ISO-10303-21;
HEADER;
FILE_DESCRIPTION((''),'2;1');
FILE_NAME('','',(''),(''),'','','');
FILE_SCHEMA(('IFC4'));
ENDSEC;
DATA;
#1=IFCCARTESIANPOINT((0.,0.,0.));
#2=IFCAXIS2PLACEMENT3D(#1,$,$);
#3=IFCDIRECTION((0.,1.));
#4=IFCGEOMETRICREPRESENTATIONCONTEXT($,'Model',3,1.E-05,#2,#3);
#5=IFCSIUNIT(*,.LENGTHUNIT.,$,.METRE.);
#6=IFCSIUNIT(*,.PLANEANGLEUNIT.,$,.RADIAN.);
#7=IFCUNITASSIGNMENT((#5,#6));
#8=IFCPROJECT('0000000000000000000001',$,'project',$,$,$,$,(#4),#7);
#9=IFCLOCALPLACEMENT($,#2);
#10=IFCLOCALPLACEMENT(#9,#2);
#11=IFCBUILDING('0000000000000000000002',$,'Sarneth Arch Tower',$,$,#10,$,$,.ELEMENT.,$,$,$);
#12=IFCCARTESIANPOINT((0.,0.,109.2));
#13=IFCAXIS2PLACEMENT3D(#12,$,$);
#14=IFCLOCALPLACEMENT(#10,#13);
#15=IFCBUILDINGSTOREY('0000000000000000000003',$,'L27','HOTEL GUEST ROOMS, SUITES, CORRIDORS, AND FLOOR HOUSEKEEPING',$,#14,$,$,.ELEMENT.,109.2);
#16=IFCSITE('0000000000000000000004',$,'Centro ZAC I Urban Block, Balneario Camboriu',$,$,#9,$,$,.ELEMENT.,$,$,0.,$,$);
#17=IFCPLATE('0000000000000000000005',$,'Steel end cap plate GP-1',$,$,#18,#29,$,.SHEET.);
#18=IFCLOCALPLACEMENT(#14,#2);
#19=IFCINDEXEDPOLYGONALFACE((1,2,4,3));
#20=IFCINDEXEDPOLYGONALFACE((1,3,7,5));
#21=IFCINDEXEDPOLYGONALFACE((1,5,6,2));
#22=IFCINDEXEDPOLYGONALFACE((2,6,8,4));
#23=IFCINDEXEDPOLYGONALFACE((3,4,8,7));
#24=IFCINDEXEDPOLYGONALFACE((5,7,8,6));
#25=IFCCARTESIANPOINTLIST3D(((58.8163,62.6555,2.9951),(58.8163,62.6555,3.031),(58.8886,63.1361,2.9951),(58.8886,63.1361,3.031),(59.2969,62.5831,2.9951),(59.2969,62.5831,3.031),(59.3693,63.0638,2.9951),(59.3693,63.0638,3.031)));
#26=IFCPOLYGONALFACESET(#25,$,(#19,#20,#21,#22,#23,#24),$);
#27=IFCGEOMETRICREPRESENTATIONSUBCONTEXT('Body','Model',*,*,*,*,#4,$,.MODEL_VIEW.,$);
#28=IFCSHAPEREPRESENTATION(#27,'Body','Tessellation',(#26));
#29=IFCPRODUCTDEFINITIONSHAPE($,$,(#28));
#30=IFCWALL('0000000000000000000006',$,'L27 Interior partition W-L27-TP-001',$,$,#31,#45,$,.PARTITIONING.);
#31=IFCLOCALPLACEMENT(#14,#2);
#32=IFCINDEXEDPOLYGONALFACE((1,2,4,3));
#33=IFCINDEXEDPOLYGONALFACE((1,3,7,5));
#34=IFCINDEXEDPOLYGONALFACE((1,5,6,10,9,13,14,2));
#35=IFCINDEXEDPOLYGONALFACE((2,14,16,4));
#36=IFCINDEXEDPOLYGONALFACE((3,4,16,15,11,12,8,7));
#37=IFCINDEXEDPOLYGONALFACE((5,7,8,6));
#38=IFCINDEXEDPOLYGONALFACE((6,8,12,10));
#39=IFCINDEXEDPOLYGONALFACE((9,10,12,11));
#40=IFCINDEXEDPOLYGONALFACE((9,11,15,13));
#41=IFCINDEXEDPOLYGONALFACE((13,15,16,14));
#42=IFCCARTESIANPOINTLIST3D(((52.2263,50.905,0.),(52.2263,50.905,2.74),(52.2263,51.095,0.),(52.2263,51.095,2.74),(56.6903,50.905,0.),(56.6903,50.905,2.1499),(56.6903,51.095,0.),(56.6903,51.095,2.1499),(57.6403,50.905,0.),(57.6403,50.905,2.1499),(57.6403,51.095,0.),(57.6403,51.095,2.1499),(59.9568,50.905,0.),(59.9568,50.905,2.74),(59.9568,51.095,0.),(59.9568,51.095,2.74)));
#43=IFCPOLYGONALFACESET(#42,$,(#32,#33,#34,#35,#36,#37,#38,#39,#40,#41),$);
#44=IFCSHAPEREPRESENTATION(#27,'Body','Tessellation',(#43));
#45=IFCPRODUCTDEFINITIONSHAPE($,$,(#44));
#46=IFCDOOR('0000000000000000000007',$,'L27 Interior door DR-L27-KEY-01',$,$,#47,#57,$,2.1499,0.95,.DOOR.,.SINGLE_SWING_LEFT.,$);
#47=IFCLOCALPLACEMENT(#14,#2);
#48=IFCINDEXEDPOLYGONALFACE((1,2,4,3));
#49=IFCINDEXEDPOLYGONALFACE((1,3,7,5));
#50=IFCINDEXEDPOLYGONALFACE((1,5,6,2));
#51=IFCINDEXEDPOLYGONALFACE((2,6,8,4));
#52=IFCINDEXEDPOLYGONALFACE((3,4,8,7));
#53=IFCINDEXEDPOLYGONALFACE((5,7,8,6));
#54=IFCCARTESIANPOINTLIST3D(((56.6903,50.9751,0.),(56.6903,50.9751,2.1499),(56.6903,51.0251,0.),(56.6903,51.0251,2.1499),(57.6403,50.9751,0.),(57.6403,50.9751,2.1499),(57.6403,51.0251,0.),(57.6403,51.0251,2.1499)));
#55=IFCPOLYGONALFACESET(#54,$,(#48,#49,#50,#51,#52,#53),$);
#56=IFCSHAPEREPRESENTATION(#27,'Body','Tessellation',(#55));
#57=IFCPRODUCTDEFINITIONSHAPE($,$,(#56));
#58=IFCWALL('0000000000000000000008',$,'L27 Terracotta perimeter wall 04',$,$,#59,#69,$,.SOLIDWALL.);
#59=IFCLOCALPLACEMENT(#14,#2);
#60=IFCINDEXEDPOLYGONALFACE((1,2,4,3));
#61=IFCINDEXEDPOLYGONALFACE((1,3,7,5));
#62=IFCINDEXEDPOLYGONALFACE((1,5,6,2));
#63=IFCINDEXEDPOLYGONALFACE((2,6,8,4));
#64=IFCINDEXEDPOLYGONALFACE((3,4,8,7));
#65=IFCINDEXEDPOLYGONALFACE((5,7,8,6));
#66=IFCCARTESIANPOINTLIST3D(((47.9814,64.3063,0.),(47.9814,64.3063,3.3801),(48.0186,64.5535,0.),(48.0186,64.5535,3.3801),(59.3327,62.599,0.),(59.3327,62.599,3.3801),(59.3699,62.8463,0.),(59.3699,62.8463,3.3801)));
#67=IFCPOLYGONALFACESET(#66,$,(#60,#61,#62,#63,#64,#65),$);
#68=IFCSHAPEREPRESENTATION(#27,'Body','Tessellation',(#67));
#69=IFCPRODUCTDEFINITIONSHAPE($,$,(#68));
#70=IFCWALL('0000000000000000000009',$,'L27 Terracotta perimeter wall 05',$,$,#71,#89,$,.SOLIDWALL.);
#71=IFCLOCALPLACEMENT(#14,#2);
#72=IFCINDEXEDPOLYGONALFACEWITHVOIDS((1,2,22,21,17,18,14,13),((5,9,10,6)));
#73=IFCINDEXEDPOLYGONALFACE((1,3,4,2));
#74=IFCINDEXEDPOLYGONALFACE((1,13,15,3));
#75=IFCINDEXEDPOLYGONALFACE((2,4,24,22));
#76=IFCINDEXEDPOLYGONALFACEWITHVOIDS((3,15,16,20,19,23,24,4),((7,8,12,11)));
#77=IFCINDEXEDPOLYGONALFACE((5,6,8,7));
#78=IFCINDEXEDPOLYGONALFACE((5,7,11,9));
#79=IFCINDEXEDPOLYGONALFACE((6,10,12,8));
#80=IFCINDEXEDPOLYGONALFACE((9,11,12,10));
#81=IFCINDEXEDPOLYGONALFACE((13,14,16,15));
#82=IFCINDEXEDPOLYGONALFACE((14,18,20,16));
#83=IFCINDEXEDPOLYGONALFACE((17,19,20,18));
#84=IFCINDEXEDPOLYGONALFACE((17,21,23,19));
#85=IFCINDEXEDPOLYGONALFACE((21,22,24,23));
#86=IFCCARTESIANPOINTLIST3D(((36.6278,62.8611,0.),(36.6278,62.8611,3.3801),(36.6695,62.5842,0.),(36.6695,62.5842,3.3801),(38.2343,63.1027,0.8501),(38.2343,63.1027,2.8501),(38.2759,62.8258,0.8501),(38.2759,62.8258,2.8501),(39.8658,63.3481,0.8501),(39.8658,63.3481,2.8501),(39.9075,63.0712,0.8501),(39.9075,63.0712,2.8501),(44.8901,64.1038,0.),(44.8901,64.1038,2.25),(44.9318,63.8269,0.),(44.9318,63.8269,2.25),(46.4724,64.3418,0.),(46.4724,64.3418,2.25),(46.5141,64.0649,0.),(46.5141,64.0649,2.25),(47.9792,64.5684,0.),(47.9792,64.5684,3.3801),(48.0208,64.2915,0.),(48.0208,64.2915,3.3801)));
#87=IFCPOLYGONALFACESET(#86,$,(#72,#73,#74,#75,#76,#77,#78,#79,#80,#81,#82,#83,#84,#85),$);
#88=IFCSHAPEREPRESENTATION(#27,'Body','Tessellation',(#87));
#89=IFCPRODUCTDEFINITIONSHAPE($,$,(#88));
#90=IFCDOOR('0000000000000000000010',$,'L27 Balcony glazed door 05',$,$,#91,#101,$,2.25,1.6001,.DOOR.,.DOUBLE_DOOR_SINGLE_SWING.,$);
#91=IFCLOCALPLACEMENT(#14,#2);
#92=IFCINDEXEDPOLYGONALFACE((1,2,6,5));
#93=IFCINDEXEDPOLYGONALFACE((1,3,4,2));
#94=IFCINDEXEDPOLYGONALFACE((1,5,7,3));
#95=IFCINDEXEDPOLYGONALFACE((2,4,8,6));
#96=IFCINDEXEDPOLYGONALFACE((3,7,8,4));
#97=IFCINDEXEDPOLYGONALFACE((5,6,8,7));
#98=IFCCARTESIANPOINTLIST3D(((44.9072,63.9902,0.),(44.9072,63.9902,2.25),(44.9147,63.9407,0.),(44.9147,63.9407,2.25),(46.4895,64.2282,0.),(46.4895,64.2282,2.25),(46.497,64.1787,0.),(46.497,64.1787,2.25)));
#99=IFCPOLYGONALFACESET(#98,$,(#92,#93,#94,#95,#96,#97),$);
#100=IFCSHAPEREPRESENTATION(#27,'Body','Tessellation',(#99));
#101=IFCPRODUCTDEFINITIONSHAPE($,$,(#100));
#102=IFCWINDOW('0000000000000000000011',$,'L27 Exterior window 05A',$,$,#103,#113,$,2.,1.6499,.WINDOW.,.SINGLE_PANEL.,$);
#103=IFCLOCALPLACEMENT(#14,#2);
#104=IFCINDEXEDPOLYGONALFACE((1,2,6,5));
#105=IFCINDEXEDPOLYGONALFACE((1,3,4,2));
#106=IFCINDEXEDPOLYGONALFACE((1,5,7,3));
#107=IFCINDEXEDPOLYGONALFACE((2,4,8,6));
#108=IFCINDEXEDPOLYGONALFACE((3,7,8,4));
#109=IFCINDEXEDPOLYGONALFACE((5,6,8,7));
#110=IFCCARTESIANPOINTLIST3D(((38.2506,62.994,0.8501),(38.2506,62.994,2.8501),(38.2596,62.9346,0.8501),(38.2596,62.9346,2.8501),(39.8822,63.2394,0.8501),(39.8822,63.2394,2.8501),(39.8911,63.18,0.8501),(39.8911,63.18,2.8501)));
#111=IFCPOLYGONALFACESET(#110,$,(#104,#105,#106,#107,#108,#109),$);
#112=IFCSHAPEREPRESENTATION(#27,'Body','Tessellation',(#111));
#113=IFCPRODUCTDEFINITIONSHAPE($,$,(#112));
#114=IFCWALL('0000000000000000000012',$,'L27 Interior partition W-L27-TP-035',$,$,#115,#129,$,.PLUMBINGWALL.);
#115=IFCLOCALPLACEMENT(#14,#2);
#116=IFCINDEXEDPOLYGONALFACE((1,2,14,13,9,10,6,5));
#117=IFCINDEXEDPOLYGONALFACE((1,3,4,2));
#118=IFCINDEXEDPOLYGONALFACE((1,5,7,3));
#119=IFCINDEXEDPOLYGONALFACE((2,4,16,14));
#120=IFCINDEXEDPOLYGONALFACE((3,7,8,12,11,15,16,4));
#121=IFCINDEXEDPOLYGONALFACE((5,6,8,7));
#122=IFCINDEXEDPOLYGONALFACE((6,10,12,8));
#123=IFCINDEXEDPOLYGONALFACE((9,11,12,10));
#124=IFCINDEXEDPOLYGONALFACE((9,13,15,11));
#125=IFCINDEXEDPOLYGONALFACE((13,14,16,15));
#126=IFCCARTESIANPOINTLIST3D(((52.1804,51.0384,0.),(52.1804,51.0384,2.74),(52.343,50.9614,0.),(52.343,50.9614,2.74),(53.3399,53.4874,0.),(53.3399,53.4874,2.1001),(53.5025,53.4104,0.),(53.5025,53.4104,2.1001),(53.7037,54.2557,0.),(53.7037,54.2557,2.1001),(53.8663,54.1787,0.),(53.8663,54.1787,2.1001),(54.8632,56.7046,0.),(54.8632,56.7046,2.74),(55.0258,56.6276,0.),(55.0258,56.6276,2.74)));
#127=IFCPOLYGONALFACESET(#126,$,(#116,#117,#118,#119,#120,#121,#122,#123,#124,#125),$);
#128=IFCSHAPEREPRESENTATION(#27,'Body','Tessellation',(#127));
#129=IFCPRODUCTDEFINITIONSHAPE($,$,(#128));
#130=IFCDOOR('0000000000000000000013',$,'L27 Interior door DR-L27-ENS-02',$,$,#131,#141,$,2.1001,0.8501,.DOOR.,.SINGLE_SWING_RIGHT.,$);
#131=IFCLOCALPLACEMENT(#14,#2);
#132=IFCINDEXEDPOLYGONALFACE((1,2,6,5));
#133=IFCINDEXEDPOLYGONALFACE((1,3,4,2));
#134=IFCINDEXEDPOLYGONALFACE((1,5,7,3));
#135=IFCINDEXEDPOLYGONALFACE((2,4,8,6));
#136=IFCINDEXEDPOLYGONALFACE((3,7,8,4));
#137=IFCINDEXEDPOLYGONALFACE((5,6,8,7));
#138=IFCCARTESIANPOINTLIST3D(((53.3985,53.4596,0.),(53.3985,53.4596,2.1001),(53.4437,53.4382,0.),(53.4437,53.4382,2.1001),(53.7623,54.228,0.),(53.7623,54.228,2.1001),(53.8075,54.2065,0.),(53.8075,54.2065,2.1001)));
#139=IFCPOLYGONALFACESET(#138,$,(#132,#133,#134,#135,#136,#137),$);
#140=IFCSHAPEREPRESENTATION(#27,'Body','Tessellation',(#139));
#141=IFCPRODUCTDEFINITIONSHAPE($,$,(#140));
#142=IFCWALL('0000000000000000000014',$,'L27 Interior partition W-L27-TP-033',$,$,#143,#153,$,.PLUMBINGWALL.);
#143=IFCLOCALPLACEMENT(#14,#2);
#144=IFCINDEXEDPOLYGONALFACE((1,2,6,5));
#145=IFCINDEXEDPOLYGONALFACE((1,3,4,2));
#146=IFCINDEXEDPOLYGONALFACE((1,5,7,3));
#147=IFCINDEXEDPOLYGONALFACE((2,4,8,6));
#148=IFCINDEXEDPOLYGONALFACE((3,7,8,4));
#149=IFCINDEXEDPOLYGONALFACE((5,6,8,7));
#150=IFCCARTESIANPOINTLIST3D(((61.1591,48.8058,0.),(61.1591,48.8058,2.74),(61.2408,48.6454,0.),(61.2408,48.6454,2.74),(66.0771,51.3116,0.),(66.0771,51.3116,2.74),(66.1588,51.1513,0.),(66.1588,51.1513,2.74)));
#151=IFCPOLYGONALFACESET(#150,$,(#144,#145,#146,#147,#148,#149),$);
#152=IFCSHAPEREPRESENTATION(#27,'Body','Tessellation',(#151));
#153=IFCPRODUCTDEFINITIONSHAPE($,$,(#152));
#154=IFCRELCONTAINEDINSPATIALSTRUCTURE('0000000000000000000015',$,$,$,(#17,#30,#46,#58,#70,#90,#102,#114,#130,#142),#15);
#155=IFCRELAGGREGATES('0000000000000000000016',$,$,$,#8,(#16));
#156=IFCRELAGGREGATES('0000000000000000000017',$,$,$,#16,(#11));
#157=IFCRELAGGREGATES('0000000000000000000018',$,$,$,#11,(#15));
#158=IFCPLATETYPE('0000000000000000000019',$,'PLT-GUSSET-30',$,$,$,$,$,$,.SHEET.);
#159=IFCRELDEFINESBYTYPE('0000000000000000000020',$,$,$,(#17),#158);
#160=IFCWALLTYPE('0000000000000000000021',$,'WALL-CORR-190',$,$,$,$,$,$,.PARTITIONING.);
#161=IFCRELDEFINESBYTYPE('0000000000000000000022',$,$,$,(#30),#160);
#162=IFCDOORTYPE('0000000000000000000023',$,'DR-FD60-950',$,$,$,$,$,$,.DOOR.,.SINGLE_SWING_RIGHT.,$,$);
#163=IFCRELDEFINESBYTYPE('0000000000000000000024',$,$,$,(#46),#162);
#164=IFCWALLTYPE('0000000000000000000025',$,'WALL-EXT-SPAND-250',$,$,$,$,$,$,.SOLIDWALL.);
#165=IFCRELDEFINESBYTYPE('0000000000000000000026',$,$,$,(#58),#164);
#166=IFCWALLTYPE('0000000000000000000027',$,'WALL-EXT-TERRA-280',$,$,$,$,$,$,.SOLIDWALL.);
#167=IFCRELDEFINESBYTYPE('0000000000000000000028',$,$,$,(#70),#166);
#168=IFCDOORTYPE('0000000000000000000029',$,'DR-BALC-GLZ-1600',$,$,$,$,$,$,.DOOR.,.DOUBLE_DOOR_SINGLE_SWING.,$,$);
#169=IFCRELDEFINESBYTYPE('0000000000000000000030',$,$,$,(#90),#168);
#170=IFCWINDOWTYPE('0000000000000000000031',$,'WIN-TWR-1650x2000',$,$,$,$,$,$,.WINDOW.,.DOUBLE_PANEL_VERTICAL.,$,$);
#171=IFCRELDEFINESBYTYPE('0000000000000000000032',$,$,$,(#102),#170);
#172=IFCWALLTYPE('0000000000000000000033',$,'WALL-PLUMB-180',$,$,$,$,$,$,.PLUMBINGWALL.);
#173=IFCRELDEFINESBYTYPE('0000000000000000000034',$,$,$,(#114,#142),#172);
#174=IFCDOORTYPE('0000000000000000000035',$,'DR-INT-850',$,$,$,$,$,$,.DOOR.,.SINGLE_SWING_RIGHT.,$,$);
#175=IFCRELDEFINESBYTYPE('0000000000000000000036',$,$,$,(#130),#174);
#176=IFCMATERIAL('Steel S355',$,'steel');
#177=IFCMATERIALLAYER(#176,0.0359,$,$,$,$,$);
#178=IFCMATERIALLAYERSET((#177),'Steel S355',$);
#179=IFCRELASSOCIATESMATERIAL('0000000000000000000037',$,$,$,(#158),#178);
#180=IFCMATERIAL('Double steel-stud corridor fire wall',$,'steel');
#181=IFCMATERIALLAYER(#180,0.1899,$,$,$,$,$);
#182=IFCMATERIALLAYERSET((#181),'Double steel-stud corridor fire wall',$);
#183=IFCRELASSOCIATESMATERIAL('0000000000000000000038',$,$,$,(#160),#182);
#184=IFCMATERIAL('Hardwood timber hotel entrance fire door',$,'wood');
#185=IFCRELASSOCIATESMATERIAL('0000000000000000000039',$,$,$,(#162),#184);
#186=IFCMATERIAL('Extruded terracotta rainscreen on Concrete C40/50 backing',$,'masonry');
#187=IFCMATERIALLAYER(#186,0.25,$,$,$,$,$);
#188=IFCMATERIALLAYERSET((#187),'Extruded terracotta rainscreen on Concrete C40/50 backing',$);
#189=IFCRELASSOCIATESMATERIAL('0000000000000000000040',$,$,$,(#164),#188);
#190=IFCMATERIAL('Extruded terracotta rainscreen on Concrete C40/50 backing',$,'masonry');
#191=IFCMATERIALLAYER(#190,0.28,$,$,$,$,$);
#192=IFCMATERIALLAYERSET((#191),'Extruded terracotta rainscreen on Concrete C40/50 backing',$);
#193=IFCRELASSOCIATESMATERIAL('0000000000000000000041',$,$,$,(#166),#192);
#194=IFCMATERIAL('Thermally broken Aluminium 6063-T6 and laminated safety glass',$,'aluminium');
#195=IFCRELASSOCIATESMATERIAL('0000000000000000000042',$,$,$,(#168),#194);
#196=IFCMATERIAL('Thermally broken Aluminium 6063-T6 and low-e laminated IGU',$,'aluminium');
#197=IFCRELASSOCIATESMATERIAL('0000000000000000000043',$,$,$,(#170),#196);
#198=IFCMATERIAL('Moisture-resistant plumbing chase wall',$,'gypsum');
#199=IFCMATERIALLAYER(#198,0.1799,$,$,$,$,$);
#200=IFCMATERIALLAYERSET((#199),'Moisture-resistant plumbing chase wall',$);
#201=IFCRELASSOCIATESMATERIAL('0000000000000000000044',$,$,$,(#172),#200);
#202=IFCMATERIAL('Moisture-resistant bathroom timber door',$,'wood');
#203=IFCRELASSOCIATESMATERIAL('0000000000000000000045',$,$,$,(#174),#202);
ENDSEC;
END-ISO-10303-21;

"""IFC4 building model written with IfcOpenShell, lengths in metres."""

from ifc_helpers import new_model, si_unit, direction, frame, frame_2d, origin, origin_2d, place, context, subcontext, project, spatial, rectangle, extrude, material, layer, layer_set, type_object, element, fill, save


model = new_model("IFC4")

# Units and contexts
model_context = context("Model", 3, precision=1e-05, world=origin(), true_north=direction((0.0, 1.0)))
body_context = subcontext(model_context, "Body", "Model", "MODEL_VIEW")
ifc_project = project(units=[si_unit("LENGTHUNIT", "METRE"), si_unit("PLANEANGLEUNIT", "RADIAN")], contexts=[model_context])

# Site, building, storey
site_placement = place(None, origin())
site = spatial("IfcSite", under=ifc_project, at=site_placement, Name="Centro ZAC I Urban Block, Balneario Camboriu", CompositionType="ELEMENT", RefElevation=0.0)
building_placement = place(site_placement, origin())
building = spatial("IfcBuilding", under=site, at=building_placement, Name="Sarneth Arch Tower", CompositionType="ELEMENT")
storey_placement = place(building_placement, frame((0.0, 0.0, 109.2)))
storey = spatial("IfcBuildingStorey", under=building, at=storey_placement, Name="L27", Description="HOTEL GUEST ROOMS, SUITES, CORRIDORS, AND FLOOR HOUSEKEEPING", CompositionType="ELEMENT", Elevation=109.2)

# Plate
ifc_material_1 = material(Name="Steel S355", Category="steel")
ifc_layer_1 = layer(ifc_material_1, 0.0359)
ifc_layer_set_1 = layer_set([ifc_layer_1], Name="Steel S355")
plate_type = type_object("IfcPlateType", Name="PLT-GUSSET-30", PredefinedType="SHEET", material=ifc_layer_set_1)
for number, where, z_axis, x_axis, name in (
    (1, (59.0928, 62.8596, 2.9951), (0.0, 0.0, 1.0), (-0.988861, 0.148845, 0.0), "Steel end cap plate GP-1"),
):
    element("IfcPlate", number, at=place(storey_placement, frame(where, z_axis=z_axis, x_axis=x_axis)), inside=storey, type_object=plate_type, Name=name, PredefinedType="SHEET", context=body_context, shape_type="SweptSolid", body=[
        extrude(rectangle(XDim=0.4861, YDim=0.4861, at=origin_2d()), origin(), (0.0, 0.0, 1.0), 0.0359),
    ])

# Wall, opening, door
ifc_material_2 = material(Name="Double steel-stud corridor fire wall", Category="steel")
ifc_layer_2 = layer(ifc_material_2, 0.1899)
ifc_layer_set_2 = layer_set([ifc_layer_2], Name="Double steel-stud corridor fire wall")
wall_type_1 = type_object("IfcWallType", Name="WALL-CORR-190", PredefinedType="PARTITIONING", material=ifc_layer_set_2)
wall_1_placement = place(storey_placement, frame((59.9568, 51.0, 0.0), z_axis=(0.0, 0.0, 1.0), x_axis=(-1.0, 0.0, 0.0)))
wall_1 = element("IfcWall", 2, at=wall_1_placement, inside=storey, type_object=wall_type_1, Name="L27 Interior partition W-L27-TP-001", PredefinedType="PARTITIONING", context=body_context, shape_type="SweptSolid", body=[
    extrude(rectangle(XDim=7.7305, YDim=0.1899, at=frame_2d((3.8652, 0.0))), origin(), (0.0, 0.0, 1.0), 2.74),
])
opening_1_placement = place(wall_1_placement, frame((2.3164, 0.0, 0.0)))
opening_1 = element("IfcOpeningElement", 3, at=opening_1_placement, cuts=wall_1, PredefinedType="OPENING", context=body_context, shape_type="SweptSolid", body=[
    extrude(rectangle(XDim=0.95, YDim=2.1499, at=frame_2d((0.4751, 1.075))), frame((0.0, 0.105, 0.0), z_axis=(0.0, -1.0, 0.0), x_axis=(1.0, 0.0, 0.0)), (0.0, 0.0, 1.0), 0.21),
])
ifc_material_3 = material(Name="Hardwood timber hotel entrance fire door", Category="wood")
door_type_1 = type_object("IfcDoorType", Name="DR-FD60-950", OperationType="SINGLE_SWING_RIGHT", PredefinedType="DOOR", material=ifc_material_3)
door_1_placement = place(opening_1_placement, origin())
door_1 = element("IfcDoor", 4, at=door_1_placement, inside=storey, type_object=door_type_1, Name="L27 Interior door DR-L27-KEY-01", OperationType="SINGLE_SWING_LEFT", OverallHeight=2.1499, OverallWidth=0.95, PredefinedType="DOOR", context=body_context, shape_type="SweptSolid", body=[
    extrude(rectangle(XDim=0.95, YDim=2.1499, at=frame_2d((0.4751, 1.075))), frame((0.0, 0.0249, 0.0), z_axis=(0.0, -1.0, 0.0), x_axis=(1.0, 0.0, 0.0)), (0.0, 0.0, 1.0), 0.05),
])
fill(opening_1, door_1)

# Wall
ifc_material_4 = material(Name="Extruded terracotta rainscreen on Concrete C40/50 backing", Category="masonry")
ifc_layer_3 = layer(ifc_material_4, 0.25)
ifc_layer_set_3 = layer_set([ifc_layer_3], Name="Extruded terracotta rainscreen on Concrete C40/50 backing")
wall_type_2 = type_object("IfcWallType", Name="WALL-EXT-SPAND-250", PredefinedType="SOLIDWALL", material=ifc_layer_set_3)
wall_2_placement = place(storey_placement, frame((59.3513, 62.7227, 0.0), z_axis=(0.0, 0.0, 1.0), x_axis=(-0.988878, 0.14873, 0.0)))
element("IfcWall", 5, at=wall_2_placement, inside=storey, type_object=wall_type_2, Name="L27 Terracotta perimeter wall 04", PredefinedType="SOLIDWALL", context=body_context, shape_type="SweptSolid", body=[
    extrude(rectangle(XDim=11.479, YDim=0.25, at=frame_2d((5.7395, 0.0))), origin(), (0.0, 0.0, 1.0), 3.3801),
])

# Wall, openings, door, window
ifc_material_5 = material(Name="Extruded terracotta rainscreen on Concrete C40/50 backing", Category="masonry")
ifc_layer_4 = layer(ifc_material_5, 0.28)
ifc_layer_set_4 = layer_set([ifc_layer_4], Name="Extruded terracotta rainscreen on Concrete C40/50 backing")
wall_type_3 = type_object("IfcWallType", Name="WALL-EXT-TERRA-280", PredefinedType="SOLIDWALL", material=ifc_layer_set_4)
wall_3_placement = place(storey_placement, frame((48.0, 64.4299, 0.0), z_axis=(0.0, 0.0, 1.0), x_axis=(-0.988878, -0.14873, 0.0)))
wall_3 = element("IfcWall", 6, at=wall_3_placement, inside=storey, type_object=wall_type_3, Name="L27 Terracotta perimeter wall 05", PredefinedType="SOLIDWALL", context=body_context, shape_type="SweptSolid", body=[
    extrude(rectangle(XDim=11.479, YDim=0.28, at=frame_2d((5.7395, 0.0))), origin(), (0.0, 0.0, 1.0), 3.3801),
])
opening_2_placement = place(wall_3_placement, frame((1.5237, 0.0, 0.0)))
opening_2 = element("IfcOpeningElement", 7, at=opening_2_placement, cuts=wall_3, PredefinedType="OPENING", context=body_context, shape_type="SweptSolid", body=[
    extrude(rectangle(XDim=1.6001, YDim=2.25, at=frame_2d((0.8, 1.125))), frame((0.0, 0.1499, 0.0), z_axis=(0.0, -1.0, 0.0), x_axis=(1.0, 0.0, 0.0)), (0.0, 0.0, 1.0), 0.3),
])
opening_3_placement = place(wall_3_placement, frame((8.2046, 0.0, 0.8501)))
opening_3 = element("IfcOpeningElement", 8, at=opening_3_placement, cuts=wall_3, PredefinedType="OPENING", context=body_context, shape_type="SweptSolid", body=[
    extrude(rectangle(XDim=1.6499, YDim=2.0, at=frame_2d((0.825, 1.0))), frame((0.0, 0.1499, 0.0), z_axis=(0.0, -1.0, 0.0), x_axis=(1.0, 0.0, 0.0)), (0.0, 0.0, 1.0), 0.3),
])
ifc_material_6 = material(Name="Thermally broken Aluminium 6063-T6 and laminated safety glass", Category="aluminium")
door_type_2 = type_object("IfcDoorType", Name="DR-BALC-GLZ-1600", OperationType="DOUBLE_DOOR_SINGLE_SWING", PredefinedType="DOOR", material=ifc_material_6)
door_2_placement = place(opening_2_placement, origin())
door_2 = element("IfcDoor", 9, at=door_2_placement, inside=storey, type_object=door_type_2, Name="L27 Balcony glazed door 05", OperationType="DOUBLE_DOOR_SINGLE_SWING", OverallHeight=2.25, OverallWidth=1.6001, PredefinedType="DOOR", context=body_context, shape_type="SweptSolid", body=[
    extrude(rectangle(XDim=1.6001, YDim=2.25, at=frame_2d((0.8, 1.125))), frame((0.0, 0.0249, 0.0), z_axis=(0.0, -1.0, 0.0), x_axis=(1.0, 0.0, 0.0)), (0.0, 0.0, 1.0), 0.05),
])
fill(opening_2, door_2)
ifc_material_7 = material(Name="Thermally broken Aluminium 6063-T6 and low-e laminated IGU", Category="aluminium")
window_type = type_object("IfcWindowType", Name="WIN-TWR-1650x2000", PartitioningType="DOUBLE_PANEL_VERTICAL", PredefinedType="WINDOW", material=ifc_material_7)
window_placement = place(opening_3_placement, origin())
window = element("IfcWindow", 10, at=window_placement, inside=storey, type_object=window_type, Name="L27 Exterior window 05A", OverallHeight=2.0, OverallWidth=1.6499, PartitioningType="SINGLE_PANEL", PredefinedType="WINDOW", context=body_context, shape_type="SweptSolid", body=[
    extrude(rectangle(XDim=1.6499, YDim=2.0, at=frame_2d((0.825, 1.0))), frame((0.0, 0.03, 0.0), z_axis=(0.0, -1.0, 0.0), x_axis=(1.0, 0.0, 0.0)), (0.0, 0.0, 1.0), 0.0601),
])
fill(opening_3, window)

# Wall, opening, door
ifc_material_8 = material(Name="Moisture-resistant plumbing chase wall", Category="gypsum")
ifc_layer_5 = layer(ifc_material_8, 0.1799)
ifc_layer_set_5 = layer_set([ifc_layer_5], Name="Moisture-resistant plumbing chase wall")
wall_type_4 = type_object("IfcWallType", Name="WALL-PLUMB-180", PredefinedType="PLUMBINGWALL", material=ifc_layer_set_5)
wall_4_placement = place(storey_placement, frame((54.9446, 56.6663, 0.0), z_axis=(0.0, 0.0, 1.0), x_axis=(-0.427936, -0.903809, 0.0)))
wall_4 = element("IfcWall", 11, at=wall_4_placement, inside=storey, type_object=wall_type_4, Name="L27 Interior partition W-L27-TP-035", PredefinedType="PLUMBINGWALL", context=body_context, shape_type="SweptSolid", body=[
    extrude(rectangle(XDim=6.2693, YDim=0.1799, at=frame_2d((3.1348, 0.0))), origin(), (0.0, 0.0, 1.0), 2.74),
])
opening_4_placement = place(wall_4_placement, frame((2.7097, 0.0, 0.0)))
opening_4 = element("IfcOpeningElement", 12, at=opening_4_placement, cuts=wall_4, PredefinedType="OPENING", context=body_context, shape_type="SweptSolid", body=[
    extrude(rectangle(XDim=0.8501, YDim=2.1001, at=frame_2d((0.425, 1.05))), frame((0.0, 0.0999, 0.0), z_axis=(0.0, -1.0, 0.0), x_axis=(1.0, 0.0, 0.0)), (0.0, 0.0, 1.0), 0.2),
])
ifc_material_9 = material(Name="Moisture-resistant bathroom timber door", Category="wood")
door_type_3 = type_object("IfcDoorType", Name="DR-INT-850", OperationType="SINGLE_SWING_RIGHT", PredefinedType="DOOR", material=ifc_material_9)
door_3_placement = place(opening_4_placement, origin())
door_3 = element("IfcDoor", 13, at=door_3_placement, inside=storey, type_object=door_type_3, Name="L27 Interior door DR-L27-ENS-02", OperationType="SINGLE_SWING_RIGHT", OverallHeight=2.1001, OverallWidth=0.8501, PredefinedType="DOOR", context=body_context, shape_type="SweptSolid", body=[
    extrude(rectangle(XDim=0.8501, YDim=2.1001, at=frame_2d((0.425, 1.05))), frame((0.0, 0.0249, 0.0), z_axis=(0.0, -1.0, 0.0), x_axis=(1.0, 0.0, 0.0)), (0.0, 0.0, 1.0), 0.05),
])
fill(opening_4, door_3)

# Wall
wall_5_placement = place(storey_placement, frame((66.1179, 51.2314, 0.0), z_axis=(0.0, 0.0, 1.0), x_axis=(-0.891004, -0.453995, 0.0)))
element("IfcWall", 14, at=wall_5_placement, inside=storey, type_object=wall_type_4, Name="L27 Interior partition W-L27-TP-033", PredefinedType="PLUMBINGWALL", context=body_context, shape_type="SweptSolid", body=[
    extrude(rectangle(XDim=5.5195, YDim=0.1799, at=frame_2d((2.7598, 0.0))), origin(), (0.0, 0.0, 1.0), 2.74),
])

save(model, "model.ifc")
